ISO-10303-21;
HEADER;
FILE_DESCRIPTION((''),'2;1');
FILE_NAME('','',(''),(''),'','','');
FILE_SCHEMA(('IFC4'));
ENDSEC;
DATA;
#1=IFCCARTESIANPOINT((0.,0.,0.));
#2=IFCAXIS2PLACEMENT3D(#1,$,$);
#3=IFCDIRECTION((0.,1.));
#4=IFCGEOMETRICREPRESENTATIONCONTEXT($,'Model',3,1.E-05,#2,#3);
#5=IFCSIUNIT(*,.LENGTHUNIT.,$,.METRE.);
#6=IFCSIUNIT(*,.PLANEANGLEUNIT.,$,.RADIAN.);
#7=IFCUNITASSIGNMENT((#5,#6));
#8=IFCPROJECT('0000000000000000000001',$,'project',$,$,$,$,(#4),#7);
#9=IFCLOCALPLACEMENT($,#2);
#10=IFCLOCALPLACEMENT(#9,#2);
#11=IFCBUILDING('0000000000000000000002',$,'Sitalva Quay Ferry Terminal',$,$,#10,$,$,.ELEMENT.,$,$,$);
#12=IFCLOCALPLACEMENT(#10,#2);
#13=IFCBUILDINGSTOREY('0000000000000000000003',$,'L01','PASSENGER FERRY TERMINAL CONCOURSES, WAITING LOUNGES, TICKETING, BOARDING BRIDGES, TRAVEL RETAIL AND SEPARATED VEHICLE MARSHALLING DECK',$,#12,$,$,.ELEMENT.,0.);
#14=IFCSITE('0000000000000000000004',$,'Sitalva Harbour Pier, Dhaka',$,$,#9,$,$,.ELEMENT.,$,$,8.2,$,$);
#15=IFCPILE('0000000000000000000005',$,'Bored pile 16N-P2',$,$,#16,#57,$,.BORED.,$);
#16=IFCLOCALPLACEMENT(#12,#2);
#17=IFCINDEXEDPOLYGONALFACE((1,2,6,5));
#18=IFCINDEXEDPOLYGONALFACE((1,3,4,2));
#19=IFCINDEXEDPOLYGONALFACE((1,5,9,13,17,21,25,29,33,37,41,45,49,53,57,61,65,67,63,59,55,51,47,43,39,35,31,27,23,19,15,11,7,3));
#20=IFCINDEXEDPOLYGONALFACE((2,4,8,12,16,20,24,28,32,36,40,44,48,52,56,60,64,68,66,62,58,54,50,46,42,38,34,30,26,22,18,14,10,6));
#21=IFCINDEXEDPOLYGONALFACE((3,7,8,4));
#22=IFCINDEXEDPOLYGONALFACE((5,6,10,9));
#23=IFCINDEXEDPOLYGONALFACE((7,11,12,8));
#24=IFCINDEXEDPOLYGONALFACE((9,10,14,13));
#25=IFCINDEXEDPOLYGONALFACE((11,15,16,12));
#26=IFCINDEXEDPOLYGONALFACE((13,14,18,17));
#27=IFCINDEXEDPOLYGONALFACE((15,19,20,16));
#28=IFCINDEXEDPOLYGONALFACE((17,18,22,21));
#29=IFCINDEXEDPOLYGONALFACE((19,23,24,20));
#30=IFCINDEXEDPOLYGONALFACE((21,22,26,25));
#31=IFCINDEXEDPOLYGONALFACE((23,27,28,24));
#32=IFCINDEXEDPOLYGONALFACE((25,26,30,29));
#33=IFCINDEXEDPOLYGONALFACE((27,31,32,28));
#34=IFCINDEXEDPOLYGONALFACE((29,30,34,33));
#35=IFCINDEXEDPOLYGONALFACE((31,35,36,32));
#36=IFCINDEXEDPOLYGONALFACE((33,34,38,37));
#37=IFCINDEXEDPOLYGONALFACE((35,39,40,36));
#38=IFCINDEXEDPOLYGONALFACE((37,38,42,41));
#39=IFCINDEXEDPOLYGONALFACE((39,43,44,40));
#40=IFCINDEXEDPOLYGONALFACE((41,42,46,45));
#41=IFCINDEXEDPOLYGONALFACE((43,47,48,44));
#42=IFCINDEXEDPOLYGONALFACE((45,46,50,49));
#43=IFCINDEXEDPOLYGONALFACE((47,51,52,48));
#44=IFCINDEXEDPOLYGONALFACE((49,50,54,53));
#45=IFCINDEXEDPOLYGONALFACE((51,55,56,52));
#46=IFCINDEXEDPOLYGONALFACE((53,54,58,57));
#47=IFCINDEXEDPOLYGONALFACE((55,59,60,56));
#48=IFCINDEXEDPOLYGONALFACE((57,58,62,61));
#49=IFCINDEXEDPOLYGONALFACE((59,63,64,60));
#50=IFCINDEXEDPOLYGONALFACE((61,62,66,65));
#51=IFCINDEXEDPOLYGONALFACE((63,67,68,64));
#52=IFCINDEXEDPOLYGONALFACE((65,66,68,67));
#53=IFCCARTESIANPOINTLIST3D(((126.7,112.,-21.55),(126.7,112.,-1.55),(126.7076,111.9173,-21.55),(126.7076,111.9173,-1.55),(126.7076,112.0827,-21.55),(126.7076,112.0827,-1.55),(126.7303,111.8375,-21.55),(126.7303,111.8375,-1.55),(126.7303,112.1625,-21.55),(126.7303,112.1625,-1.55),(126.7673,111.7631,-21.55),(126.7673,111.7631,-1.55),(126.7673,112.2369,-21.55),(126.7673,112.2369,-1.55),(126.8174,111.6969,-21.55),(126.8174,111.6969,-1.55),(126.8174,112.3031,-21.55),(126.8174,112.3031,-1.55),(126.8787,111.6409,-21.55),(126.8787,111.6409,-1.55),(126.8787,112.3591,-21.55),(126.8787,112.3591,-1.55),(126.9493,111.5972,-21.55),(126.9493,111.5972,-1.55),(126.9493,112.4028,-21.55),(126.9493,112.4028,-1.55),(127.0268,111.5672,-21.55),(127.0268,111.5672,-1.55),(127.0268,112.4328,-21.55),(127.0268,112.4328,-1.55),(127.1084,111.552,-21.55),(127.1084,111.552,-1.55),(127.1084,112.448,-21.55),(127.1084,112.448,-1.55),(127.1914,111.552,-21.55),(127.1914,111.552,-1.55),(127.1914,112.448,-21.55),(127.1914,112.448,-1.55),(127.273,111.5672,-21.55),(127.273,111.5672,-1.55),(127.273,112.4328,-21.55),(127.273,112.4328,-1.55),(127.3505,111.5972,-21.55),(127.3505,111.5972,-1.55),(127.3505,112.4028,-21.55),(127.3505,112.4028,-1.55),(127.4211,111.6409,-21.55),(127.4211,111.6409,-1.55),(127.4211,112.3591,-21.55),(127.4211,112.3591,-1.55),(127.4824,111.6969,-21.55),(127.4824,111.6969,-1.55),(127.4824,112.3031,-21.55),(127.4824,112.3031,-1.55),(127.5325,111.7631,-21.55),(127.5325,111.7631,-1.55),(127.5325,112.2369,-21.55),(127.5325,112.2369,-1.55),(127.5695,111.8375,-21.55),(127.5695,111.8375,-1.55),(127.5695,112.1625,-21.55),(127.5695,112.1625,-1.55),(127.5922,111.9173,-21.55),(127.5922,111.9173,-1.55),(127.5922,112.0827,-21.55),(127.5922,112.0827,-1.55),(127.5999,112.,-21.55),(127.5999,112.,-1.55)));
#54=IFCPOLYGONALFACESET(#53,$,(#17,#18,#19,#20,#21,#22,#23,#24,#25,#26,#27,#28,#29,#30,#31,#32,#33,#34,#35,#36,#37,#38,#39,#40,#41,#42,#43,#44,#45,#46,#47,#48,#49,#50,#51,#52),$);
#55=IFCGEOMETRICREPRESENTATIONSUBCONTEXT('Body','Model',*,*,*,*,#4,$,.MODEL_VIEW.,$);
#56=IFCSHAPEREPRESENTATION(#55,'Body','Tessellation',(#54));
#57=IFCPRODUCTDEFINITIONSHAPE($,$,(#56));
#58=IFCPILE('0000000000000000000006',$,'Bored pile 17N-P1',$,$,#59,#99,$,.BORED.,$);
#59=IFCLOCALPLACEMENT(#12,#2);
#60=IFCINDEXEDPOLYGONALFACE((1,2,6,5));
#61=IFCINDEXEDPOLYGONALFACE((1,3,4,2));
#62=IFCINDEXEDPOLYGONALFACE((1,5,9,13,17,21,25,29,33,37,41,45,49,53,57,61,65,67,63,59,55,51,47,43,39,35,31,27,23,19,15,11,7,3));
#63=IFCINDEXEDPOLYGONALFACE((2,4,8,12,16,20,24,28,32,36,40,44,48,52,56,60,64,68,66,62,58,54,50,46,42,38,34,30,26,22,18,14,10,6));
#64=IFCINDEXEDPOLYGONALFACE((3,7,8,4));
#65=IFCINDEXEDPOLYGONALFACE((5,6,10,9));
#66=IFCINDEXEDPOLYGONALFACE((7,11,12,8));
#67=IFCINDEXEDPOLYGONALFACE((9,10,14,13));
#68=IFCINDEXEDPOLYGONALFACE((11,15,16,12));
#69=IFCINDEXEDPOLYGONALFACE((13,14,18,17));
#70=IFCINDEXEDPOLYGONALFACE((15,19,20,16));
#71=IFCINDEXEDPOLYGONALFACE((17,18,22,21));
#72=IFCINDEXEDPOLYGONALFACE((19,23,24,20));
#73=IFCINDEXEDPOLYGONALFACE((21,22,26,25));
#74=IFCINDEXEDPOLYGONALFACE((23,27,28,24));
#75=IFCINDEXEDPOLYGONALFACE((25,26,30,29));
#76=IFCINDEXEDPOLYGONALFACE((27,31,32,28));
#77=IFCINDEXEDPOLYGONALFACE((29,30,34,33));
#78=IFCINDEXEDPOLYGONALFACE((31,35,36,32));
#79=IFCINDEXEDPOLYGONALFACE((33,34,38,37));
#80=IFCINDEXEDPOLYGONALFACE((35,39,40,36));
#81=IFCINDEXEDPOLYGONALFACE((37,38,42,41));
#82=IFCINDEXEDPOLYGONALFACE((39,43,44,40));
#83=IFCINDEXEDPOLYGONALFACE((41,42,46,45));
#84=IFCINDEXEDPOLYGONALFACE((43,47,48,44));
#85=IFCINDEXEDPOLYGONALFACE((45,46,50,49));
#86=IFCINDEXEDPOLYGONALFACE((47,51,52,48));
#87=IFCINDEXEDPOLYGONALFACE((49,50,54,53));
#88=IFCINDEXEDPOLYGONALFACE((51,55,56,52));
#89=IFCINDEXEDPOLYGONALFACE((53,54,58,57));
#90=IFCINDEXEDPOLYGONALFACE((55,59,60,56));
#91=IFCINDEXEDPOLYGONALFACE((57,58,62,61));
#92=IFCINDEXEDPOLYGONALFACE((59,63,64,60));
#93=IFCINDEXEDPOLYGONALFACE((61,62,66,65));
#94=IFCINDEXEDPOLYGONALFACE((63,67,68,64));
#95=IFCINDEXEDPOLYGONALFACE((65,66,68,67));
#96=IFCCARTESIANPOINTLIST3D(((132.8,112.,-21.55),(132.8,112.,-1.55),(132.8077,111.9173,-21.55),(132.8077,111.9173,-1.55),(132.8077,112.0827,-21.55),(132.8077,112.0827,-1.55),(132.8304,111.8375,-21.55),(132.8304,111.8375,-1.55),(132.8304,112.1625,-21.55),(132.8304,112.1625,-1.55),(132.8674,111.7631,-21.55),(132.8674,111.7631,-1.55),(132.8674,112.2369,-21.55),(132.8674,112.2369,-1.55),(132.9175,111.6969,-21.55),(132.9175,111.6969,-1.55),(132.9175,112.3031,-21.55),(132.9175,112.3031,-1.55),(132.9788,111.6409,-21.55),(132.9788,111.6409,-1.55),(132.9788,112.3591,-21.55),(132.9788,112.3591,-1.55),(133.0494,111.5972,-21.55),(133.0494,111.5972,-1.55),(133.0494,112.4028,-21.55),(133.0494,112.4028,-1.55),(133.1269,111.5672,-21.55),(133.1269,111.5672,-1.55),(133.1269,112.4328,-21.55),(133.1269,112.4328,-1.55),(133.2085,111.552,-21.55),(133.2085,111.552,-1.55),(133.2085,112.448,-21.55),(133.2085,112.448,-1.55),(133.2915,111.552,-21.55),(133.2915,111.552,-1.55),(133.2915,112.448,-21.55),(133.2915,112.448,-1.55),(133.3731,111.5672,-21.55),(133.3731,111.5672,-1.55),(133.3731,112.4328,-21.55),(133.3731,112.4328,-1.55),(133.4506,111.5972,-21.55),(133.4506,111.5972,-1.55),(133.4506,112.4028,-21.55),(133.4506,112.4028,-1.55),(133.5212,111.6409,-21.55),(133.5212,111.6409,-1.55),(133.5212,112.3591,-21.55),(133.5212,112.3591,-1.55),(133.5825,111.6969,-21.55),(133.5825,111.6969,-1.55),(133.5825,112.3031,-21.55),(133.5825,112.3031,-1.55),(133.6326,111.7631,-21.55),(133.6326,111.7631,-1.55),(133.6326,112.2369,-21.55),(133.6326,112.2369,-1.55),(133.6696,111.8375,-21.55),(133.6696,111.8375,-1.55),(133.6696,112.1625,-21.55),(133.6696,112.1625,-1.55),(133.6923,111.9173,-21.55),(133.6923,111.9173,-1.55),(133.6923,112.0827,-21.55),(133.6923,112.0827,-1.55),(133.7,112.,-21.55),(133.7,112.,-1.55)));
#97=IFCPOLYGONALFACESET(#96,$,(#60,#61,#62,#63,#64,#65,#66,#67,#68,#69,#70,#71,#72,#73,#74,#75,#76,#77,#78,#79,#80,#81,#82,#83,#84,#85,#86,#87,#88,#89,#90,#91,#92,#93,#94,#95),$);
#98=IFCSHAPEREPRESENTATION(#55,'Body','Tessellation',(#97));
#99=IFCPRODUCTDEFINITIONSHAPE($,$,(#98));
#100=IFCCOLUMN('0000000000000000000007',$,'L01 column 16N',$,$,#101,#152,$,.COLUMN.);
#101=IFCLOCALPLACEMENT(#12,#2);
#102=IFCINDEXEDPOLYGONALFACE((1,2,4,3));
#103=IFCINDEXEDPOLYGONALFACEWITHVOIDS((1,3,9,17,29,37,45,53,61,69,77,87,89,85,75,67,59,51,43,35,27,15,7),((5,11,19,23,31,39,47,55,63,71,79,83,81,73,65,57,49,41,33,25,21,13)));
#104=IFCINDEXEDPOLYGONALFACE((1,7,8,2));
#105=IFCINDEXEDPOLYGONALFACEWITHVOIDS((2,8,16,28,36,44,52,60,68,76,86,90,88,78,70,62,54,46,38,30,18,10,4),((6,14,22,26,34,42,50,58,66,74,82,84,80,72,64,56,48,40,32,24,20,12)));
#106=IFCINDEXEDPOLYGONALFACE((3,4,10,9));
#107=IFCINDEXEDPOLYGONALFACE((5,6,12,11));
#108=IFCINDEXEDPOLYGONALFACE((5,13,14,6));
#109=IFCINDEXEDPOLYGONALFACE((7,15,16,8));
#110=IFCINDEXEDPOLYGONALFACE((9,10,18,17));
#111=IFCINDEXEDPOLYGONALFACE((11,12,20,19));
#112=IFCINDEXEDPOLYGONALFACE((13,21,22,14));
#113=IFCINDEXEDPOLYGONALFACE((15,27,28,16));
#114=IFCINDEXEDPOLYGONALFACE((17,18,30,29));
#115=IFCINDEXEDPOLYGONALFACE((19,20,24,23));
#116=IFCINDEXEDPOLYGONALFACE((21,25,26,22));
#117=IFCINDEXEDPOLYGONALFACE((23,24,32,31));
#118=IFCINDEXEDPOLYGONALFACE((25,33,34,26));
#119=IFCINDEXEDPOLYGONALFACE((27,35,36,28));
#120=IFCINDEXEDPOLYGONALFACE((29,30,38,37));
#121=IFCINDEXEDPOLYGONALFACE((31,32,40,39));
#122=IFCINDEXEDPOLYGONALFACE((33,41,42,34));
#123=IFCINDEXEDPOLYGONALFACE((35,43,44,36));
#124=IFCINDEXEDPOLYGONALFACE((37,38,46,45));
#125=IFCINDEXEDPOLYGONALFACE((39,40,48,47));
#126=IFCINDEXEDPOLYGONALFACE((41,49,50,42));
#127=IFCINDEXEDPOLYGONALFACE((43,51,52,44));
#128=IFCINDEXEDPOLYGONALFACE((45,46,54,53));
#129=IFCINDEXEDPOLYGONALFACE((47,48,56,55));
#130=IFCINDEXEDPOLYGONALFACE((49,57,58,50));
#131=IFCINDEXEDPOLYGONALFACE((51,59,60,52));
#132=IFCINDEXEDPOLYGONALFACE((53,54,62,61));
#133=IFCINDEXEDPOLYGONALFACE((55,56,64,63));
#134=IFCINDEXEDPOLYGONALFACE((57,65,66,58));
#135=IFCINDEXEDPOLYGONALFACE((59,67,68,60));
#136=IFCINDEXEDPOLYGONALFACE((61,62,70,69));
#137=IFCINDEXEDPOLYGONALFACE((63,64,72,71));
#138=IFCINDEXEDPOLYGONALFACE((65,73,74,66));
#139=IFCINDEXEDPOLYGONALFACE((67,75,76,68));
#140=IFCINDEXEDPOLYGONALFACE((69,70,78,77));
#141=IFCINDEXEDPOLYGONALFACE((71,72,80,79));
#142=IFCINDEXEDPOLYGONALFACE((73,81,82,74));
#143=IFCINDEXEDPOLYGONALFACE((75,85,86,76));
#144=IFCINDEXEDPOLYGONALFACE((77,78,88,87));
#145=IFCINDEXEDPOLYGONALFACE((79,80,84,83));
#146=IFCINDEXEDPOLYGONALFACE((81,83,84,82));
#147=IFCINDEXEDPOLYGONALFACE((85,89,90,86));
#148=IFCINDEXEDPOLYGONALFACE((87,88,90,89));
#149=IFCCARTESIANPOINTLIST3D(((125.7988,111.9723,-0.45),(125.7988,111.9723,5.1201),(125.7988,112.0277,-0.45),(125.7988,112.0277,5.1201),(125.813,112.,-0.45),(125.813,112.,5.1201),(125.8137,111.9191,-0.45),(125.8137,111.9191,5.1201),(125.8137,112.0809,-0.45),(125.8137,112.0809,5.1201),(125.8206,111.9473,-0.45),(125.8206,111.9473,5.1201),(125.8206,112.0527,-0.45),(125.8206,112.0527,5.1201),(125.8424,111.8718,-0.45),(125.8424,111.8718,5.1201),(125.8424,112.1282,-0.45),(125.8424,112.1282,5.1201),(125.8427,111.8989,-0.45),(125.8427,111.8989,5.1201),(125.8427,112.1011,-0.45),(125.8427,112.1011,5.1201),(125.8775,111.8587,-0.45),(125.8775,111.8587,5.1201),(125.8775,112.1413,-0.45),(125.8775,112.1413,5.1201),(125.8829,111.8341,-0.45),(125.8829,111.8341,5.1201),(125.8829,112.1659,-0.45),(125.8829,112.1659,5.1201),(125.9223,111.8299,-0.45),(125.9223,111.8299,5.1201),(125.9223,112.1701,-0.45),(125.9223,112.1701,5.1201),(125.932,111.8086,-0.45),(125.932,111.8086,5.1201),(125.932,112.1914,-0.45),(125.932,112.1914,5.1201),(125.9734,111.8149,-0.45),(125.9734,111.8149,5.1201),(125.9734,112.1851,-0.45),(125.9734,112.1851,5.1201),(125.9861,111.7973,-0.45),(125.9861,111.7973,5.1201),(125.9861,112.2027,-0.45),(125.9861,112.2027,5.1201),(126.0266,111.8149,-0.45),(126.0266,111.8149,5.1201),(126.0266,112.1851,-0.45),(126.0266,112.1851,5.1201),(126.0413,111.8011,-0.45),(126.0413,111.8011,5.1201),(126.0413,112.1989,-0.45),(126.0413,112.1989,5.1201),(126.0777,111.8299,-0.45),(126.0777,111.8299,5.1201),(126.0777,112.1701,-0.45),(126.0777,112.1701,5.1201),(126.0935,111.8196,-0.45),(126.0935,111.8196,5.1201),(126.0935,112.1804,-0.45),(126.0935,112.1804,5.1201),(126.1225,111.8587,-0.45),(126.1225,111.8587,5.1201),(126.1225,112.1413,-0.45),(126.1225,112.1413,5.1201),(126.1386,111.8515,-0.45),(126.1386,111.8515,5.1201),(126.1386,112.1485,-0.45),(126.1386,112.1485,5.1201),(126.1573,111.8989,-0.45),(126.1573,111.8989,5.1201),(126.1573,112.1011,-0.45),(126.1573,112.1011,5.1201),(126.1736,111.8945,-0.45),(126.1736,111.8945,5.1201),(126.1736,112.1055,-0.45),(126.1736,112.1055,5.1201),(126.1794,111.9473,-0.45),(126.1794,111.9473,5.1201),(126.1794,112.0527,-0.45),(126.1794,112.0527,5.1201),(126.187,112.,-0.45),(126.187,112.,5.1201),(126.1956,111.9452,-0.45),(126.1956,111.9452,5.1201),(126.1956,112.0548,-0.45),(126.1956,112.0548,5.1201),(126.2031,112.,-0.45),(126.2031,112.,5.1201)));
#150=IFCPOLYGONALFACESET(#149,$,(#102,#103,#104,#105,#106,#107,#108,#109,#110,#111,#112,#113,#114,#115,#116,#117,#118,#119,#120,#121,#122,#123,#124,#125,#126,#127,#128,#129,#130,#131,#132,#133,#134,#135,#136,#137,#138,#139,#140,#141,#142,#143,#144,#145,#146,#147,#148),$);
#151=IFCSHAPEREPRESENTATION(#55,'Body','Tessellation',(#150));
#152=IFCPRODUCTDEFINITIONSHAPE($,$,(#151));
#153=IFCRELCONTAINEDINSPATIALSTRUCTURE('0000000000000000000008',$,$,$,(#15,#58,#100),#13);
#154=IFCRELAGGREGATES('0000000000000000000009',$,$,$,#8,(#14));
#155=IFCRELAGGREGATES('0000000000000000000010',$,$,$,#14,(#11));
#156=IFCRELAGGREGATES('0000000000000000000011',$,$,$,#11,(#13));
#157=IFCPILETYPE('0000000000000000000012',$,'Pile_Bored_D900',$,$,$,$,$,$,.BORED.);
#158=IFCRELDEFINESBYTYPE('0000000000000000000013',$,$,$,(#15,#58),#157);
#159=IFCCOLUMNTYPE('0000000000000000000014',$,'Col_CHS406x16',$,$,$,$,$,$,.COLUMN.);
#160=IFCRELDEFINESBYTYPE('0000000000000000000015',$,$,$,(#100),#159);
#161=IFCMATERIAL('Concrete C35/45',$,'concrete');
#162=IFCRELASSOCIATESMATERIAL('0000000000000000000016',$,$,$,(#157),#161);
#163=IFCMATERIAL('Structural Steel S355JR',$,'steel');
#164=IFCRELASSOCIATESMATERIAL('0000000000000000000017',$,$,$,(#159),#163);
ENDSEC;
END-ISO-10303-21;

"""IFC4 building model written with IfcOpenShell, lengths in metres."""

from ifc_helpers import new_model, si_unit, direction, frame, origin, origin_2d, place, context, subcontext, project, spatial, circle, hollow_circle, extrude, material, material_profile, profile_set, type_object, element, save


model = new_model("IFC4")

# Units and contexts
model_context = context("Model", 3, precision=1e-05, world=origin(), true_north=direction((0.0, 1.0)))
body_context = subcontext(model_context, "Body", "Model", "MODEL_VIEW")
ifc_project = project(units=[si_unit("LENGTHUNIT", "METRE"), si_unit("PLANEANGLEUNIT", "RADIAN")], contexts=[model_context])

# Site, building, storey
site_placement = place(None, origin())
site = spatial("IfcSite", under=ifc_project, at=site_placement, Name="Sitalva Harbour Pier, Dhaka", CompositionType="ELEMENT", RefElevation=8.2)
building_placement = place(site_placement, origin())
building = spatial("IfcBuilding", under=site, at=building_placement, Name="Sitalva Quay Ferry Terminal", CompositionType="ELEMENT")
storey_placement = place(building_placement, origin())
storey = spatial("IfcBuildingStorey", under=building, at=storey_placement, Name="L01", Description="PASSENGER FERRY TERMINAL CONCOURSES, WAITING LOUNGES, TICKETING, BOARDING BRIDGES, TRAVEL RETAIL AND SEPARATED VEHICLE MARSHALLING DECK", CompositionType="ELEMENT", Elevation=0.0)

# Piles
ifc_material_1 = material(Name="Concrete C35/45", Category="concrete")
ifc_material_profile_1 = material_profile(ifc_material_1, circle(Radius=0.45, at=origin_2d()), Name="PILE-D900")
ifc_profile_set_1 = profile_set([ifc_material_profile_1], Name="Concrete C35/45")
pile_type_1 = type_object("IfcPileType", Name="Pile_Bored_D900", PredefinedType="BORED", material=ifc_profile_set_1)
for number, where, z_axis, x_axis, name in (
    (1, (127.1499, 112.0, -1.55), (0.0, 0.0, -1.0), (1.0, 0.0, 0.0), "Bored pile 16N-P2"),
    (2, (133.25, 112.0, -1.55), (0.0, 0.0, -1.0), (1.0, 0.0, 0.0), "Bored pile 17N-P1"),
):
    element("IfcPile", number, at=place(storey_placement, frame(where, z_axis=z_axis, x_axis=x_axis)), inside=storey, type_object=pile_type_1, Name=name, PredefinedType="BORED", context=body_context, shape_type="SweptSolid", body=[
        extrude(circle(Radius=0.45, at=origin_2d()), origin(), (0.0, 0.0, 1.0), 20.0),
    ])

# Column
ifc_material_2 = material(Name="Structural Steel S355JR", Category="steel")
ifc_material_profile_2 = material_profile(ifc_material_2, hollow_circle(Radius=0.2031, WallThickness=0.0161, at=origin_2d()), Name="CHS406x16")
ifc_profile_set_2 = profile_set([ifc_material_profile_2], Name="Structural Steel S355JR")
column_type_1 = type_object("IfcColumnType", Name="Col_CHS406x16", PredefinedType="COLUMN", material=ifc_profile_set_2)
column_1_placement = place(storey_placement, frame((126.0, 112.0, -0.45), z_axis=(0.0, 0.0, 1.0), x_axis=(1.0, 0.0, 0.0)))
element("IfcColumn", 3, at=column_1_placement, inside=storey, type_object=column_type_1, Name="L01 column 16N", PredefinedType="COLUMN", context=body_context, shape_type="SweptSolid", body=[
    extrude(hollow_circle(Radius=0.2031, WallThickness=0.0161, at=origin_2d()), origin(), (0.0, 0.0, 1.0), 5.5701),
])

save(model, "model.ifc")
